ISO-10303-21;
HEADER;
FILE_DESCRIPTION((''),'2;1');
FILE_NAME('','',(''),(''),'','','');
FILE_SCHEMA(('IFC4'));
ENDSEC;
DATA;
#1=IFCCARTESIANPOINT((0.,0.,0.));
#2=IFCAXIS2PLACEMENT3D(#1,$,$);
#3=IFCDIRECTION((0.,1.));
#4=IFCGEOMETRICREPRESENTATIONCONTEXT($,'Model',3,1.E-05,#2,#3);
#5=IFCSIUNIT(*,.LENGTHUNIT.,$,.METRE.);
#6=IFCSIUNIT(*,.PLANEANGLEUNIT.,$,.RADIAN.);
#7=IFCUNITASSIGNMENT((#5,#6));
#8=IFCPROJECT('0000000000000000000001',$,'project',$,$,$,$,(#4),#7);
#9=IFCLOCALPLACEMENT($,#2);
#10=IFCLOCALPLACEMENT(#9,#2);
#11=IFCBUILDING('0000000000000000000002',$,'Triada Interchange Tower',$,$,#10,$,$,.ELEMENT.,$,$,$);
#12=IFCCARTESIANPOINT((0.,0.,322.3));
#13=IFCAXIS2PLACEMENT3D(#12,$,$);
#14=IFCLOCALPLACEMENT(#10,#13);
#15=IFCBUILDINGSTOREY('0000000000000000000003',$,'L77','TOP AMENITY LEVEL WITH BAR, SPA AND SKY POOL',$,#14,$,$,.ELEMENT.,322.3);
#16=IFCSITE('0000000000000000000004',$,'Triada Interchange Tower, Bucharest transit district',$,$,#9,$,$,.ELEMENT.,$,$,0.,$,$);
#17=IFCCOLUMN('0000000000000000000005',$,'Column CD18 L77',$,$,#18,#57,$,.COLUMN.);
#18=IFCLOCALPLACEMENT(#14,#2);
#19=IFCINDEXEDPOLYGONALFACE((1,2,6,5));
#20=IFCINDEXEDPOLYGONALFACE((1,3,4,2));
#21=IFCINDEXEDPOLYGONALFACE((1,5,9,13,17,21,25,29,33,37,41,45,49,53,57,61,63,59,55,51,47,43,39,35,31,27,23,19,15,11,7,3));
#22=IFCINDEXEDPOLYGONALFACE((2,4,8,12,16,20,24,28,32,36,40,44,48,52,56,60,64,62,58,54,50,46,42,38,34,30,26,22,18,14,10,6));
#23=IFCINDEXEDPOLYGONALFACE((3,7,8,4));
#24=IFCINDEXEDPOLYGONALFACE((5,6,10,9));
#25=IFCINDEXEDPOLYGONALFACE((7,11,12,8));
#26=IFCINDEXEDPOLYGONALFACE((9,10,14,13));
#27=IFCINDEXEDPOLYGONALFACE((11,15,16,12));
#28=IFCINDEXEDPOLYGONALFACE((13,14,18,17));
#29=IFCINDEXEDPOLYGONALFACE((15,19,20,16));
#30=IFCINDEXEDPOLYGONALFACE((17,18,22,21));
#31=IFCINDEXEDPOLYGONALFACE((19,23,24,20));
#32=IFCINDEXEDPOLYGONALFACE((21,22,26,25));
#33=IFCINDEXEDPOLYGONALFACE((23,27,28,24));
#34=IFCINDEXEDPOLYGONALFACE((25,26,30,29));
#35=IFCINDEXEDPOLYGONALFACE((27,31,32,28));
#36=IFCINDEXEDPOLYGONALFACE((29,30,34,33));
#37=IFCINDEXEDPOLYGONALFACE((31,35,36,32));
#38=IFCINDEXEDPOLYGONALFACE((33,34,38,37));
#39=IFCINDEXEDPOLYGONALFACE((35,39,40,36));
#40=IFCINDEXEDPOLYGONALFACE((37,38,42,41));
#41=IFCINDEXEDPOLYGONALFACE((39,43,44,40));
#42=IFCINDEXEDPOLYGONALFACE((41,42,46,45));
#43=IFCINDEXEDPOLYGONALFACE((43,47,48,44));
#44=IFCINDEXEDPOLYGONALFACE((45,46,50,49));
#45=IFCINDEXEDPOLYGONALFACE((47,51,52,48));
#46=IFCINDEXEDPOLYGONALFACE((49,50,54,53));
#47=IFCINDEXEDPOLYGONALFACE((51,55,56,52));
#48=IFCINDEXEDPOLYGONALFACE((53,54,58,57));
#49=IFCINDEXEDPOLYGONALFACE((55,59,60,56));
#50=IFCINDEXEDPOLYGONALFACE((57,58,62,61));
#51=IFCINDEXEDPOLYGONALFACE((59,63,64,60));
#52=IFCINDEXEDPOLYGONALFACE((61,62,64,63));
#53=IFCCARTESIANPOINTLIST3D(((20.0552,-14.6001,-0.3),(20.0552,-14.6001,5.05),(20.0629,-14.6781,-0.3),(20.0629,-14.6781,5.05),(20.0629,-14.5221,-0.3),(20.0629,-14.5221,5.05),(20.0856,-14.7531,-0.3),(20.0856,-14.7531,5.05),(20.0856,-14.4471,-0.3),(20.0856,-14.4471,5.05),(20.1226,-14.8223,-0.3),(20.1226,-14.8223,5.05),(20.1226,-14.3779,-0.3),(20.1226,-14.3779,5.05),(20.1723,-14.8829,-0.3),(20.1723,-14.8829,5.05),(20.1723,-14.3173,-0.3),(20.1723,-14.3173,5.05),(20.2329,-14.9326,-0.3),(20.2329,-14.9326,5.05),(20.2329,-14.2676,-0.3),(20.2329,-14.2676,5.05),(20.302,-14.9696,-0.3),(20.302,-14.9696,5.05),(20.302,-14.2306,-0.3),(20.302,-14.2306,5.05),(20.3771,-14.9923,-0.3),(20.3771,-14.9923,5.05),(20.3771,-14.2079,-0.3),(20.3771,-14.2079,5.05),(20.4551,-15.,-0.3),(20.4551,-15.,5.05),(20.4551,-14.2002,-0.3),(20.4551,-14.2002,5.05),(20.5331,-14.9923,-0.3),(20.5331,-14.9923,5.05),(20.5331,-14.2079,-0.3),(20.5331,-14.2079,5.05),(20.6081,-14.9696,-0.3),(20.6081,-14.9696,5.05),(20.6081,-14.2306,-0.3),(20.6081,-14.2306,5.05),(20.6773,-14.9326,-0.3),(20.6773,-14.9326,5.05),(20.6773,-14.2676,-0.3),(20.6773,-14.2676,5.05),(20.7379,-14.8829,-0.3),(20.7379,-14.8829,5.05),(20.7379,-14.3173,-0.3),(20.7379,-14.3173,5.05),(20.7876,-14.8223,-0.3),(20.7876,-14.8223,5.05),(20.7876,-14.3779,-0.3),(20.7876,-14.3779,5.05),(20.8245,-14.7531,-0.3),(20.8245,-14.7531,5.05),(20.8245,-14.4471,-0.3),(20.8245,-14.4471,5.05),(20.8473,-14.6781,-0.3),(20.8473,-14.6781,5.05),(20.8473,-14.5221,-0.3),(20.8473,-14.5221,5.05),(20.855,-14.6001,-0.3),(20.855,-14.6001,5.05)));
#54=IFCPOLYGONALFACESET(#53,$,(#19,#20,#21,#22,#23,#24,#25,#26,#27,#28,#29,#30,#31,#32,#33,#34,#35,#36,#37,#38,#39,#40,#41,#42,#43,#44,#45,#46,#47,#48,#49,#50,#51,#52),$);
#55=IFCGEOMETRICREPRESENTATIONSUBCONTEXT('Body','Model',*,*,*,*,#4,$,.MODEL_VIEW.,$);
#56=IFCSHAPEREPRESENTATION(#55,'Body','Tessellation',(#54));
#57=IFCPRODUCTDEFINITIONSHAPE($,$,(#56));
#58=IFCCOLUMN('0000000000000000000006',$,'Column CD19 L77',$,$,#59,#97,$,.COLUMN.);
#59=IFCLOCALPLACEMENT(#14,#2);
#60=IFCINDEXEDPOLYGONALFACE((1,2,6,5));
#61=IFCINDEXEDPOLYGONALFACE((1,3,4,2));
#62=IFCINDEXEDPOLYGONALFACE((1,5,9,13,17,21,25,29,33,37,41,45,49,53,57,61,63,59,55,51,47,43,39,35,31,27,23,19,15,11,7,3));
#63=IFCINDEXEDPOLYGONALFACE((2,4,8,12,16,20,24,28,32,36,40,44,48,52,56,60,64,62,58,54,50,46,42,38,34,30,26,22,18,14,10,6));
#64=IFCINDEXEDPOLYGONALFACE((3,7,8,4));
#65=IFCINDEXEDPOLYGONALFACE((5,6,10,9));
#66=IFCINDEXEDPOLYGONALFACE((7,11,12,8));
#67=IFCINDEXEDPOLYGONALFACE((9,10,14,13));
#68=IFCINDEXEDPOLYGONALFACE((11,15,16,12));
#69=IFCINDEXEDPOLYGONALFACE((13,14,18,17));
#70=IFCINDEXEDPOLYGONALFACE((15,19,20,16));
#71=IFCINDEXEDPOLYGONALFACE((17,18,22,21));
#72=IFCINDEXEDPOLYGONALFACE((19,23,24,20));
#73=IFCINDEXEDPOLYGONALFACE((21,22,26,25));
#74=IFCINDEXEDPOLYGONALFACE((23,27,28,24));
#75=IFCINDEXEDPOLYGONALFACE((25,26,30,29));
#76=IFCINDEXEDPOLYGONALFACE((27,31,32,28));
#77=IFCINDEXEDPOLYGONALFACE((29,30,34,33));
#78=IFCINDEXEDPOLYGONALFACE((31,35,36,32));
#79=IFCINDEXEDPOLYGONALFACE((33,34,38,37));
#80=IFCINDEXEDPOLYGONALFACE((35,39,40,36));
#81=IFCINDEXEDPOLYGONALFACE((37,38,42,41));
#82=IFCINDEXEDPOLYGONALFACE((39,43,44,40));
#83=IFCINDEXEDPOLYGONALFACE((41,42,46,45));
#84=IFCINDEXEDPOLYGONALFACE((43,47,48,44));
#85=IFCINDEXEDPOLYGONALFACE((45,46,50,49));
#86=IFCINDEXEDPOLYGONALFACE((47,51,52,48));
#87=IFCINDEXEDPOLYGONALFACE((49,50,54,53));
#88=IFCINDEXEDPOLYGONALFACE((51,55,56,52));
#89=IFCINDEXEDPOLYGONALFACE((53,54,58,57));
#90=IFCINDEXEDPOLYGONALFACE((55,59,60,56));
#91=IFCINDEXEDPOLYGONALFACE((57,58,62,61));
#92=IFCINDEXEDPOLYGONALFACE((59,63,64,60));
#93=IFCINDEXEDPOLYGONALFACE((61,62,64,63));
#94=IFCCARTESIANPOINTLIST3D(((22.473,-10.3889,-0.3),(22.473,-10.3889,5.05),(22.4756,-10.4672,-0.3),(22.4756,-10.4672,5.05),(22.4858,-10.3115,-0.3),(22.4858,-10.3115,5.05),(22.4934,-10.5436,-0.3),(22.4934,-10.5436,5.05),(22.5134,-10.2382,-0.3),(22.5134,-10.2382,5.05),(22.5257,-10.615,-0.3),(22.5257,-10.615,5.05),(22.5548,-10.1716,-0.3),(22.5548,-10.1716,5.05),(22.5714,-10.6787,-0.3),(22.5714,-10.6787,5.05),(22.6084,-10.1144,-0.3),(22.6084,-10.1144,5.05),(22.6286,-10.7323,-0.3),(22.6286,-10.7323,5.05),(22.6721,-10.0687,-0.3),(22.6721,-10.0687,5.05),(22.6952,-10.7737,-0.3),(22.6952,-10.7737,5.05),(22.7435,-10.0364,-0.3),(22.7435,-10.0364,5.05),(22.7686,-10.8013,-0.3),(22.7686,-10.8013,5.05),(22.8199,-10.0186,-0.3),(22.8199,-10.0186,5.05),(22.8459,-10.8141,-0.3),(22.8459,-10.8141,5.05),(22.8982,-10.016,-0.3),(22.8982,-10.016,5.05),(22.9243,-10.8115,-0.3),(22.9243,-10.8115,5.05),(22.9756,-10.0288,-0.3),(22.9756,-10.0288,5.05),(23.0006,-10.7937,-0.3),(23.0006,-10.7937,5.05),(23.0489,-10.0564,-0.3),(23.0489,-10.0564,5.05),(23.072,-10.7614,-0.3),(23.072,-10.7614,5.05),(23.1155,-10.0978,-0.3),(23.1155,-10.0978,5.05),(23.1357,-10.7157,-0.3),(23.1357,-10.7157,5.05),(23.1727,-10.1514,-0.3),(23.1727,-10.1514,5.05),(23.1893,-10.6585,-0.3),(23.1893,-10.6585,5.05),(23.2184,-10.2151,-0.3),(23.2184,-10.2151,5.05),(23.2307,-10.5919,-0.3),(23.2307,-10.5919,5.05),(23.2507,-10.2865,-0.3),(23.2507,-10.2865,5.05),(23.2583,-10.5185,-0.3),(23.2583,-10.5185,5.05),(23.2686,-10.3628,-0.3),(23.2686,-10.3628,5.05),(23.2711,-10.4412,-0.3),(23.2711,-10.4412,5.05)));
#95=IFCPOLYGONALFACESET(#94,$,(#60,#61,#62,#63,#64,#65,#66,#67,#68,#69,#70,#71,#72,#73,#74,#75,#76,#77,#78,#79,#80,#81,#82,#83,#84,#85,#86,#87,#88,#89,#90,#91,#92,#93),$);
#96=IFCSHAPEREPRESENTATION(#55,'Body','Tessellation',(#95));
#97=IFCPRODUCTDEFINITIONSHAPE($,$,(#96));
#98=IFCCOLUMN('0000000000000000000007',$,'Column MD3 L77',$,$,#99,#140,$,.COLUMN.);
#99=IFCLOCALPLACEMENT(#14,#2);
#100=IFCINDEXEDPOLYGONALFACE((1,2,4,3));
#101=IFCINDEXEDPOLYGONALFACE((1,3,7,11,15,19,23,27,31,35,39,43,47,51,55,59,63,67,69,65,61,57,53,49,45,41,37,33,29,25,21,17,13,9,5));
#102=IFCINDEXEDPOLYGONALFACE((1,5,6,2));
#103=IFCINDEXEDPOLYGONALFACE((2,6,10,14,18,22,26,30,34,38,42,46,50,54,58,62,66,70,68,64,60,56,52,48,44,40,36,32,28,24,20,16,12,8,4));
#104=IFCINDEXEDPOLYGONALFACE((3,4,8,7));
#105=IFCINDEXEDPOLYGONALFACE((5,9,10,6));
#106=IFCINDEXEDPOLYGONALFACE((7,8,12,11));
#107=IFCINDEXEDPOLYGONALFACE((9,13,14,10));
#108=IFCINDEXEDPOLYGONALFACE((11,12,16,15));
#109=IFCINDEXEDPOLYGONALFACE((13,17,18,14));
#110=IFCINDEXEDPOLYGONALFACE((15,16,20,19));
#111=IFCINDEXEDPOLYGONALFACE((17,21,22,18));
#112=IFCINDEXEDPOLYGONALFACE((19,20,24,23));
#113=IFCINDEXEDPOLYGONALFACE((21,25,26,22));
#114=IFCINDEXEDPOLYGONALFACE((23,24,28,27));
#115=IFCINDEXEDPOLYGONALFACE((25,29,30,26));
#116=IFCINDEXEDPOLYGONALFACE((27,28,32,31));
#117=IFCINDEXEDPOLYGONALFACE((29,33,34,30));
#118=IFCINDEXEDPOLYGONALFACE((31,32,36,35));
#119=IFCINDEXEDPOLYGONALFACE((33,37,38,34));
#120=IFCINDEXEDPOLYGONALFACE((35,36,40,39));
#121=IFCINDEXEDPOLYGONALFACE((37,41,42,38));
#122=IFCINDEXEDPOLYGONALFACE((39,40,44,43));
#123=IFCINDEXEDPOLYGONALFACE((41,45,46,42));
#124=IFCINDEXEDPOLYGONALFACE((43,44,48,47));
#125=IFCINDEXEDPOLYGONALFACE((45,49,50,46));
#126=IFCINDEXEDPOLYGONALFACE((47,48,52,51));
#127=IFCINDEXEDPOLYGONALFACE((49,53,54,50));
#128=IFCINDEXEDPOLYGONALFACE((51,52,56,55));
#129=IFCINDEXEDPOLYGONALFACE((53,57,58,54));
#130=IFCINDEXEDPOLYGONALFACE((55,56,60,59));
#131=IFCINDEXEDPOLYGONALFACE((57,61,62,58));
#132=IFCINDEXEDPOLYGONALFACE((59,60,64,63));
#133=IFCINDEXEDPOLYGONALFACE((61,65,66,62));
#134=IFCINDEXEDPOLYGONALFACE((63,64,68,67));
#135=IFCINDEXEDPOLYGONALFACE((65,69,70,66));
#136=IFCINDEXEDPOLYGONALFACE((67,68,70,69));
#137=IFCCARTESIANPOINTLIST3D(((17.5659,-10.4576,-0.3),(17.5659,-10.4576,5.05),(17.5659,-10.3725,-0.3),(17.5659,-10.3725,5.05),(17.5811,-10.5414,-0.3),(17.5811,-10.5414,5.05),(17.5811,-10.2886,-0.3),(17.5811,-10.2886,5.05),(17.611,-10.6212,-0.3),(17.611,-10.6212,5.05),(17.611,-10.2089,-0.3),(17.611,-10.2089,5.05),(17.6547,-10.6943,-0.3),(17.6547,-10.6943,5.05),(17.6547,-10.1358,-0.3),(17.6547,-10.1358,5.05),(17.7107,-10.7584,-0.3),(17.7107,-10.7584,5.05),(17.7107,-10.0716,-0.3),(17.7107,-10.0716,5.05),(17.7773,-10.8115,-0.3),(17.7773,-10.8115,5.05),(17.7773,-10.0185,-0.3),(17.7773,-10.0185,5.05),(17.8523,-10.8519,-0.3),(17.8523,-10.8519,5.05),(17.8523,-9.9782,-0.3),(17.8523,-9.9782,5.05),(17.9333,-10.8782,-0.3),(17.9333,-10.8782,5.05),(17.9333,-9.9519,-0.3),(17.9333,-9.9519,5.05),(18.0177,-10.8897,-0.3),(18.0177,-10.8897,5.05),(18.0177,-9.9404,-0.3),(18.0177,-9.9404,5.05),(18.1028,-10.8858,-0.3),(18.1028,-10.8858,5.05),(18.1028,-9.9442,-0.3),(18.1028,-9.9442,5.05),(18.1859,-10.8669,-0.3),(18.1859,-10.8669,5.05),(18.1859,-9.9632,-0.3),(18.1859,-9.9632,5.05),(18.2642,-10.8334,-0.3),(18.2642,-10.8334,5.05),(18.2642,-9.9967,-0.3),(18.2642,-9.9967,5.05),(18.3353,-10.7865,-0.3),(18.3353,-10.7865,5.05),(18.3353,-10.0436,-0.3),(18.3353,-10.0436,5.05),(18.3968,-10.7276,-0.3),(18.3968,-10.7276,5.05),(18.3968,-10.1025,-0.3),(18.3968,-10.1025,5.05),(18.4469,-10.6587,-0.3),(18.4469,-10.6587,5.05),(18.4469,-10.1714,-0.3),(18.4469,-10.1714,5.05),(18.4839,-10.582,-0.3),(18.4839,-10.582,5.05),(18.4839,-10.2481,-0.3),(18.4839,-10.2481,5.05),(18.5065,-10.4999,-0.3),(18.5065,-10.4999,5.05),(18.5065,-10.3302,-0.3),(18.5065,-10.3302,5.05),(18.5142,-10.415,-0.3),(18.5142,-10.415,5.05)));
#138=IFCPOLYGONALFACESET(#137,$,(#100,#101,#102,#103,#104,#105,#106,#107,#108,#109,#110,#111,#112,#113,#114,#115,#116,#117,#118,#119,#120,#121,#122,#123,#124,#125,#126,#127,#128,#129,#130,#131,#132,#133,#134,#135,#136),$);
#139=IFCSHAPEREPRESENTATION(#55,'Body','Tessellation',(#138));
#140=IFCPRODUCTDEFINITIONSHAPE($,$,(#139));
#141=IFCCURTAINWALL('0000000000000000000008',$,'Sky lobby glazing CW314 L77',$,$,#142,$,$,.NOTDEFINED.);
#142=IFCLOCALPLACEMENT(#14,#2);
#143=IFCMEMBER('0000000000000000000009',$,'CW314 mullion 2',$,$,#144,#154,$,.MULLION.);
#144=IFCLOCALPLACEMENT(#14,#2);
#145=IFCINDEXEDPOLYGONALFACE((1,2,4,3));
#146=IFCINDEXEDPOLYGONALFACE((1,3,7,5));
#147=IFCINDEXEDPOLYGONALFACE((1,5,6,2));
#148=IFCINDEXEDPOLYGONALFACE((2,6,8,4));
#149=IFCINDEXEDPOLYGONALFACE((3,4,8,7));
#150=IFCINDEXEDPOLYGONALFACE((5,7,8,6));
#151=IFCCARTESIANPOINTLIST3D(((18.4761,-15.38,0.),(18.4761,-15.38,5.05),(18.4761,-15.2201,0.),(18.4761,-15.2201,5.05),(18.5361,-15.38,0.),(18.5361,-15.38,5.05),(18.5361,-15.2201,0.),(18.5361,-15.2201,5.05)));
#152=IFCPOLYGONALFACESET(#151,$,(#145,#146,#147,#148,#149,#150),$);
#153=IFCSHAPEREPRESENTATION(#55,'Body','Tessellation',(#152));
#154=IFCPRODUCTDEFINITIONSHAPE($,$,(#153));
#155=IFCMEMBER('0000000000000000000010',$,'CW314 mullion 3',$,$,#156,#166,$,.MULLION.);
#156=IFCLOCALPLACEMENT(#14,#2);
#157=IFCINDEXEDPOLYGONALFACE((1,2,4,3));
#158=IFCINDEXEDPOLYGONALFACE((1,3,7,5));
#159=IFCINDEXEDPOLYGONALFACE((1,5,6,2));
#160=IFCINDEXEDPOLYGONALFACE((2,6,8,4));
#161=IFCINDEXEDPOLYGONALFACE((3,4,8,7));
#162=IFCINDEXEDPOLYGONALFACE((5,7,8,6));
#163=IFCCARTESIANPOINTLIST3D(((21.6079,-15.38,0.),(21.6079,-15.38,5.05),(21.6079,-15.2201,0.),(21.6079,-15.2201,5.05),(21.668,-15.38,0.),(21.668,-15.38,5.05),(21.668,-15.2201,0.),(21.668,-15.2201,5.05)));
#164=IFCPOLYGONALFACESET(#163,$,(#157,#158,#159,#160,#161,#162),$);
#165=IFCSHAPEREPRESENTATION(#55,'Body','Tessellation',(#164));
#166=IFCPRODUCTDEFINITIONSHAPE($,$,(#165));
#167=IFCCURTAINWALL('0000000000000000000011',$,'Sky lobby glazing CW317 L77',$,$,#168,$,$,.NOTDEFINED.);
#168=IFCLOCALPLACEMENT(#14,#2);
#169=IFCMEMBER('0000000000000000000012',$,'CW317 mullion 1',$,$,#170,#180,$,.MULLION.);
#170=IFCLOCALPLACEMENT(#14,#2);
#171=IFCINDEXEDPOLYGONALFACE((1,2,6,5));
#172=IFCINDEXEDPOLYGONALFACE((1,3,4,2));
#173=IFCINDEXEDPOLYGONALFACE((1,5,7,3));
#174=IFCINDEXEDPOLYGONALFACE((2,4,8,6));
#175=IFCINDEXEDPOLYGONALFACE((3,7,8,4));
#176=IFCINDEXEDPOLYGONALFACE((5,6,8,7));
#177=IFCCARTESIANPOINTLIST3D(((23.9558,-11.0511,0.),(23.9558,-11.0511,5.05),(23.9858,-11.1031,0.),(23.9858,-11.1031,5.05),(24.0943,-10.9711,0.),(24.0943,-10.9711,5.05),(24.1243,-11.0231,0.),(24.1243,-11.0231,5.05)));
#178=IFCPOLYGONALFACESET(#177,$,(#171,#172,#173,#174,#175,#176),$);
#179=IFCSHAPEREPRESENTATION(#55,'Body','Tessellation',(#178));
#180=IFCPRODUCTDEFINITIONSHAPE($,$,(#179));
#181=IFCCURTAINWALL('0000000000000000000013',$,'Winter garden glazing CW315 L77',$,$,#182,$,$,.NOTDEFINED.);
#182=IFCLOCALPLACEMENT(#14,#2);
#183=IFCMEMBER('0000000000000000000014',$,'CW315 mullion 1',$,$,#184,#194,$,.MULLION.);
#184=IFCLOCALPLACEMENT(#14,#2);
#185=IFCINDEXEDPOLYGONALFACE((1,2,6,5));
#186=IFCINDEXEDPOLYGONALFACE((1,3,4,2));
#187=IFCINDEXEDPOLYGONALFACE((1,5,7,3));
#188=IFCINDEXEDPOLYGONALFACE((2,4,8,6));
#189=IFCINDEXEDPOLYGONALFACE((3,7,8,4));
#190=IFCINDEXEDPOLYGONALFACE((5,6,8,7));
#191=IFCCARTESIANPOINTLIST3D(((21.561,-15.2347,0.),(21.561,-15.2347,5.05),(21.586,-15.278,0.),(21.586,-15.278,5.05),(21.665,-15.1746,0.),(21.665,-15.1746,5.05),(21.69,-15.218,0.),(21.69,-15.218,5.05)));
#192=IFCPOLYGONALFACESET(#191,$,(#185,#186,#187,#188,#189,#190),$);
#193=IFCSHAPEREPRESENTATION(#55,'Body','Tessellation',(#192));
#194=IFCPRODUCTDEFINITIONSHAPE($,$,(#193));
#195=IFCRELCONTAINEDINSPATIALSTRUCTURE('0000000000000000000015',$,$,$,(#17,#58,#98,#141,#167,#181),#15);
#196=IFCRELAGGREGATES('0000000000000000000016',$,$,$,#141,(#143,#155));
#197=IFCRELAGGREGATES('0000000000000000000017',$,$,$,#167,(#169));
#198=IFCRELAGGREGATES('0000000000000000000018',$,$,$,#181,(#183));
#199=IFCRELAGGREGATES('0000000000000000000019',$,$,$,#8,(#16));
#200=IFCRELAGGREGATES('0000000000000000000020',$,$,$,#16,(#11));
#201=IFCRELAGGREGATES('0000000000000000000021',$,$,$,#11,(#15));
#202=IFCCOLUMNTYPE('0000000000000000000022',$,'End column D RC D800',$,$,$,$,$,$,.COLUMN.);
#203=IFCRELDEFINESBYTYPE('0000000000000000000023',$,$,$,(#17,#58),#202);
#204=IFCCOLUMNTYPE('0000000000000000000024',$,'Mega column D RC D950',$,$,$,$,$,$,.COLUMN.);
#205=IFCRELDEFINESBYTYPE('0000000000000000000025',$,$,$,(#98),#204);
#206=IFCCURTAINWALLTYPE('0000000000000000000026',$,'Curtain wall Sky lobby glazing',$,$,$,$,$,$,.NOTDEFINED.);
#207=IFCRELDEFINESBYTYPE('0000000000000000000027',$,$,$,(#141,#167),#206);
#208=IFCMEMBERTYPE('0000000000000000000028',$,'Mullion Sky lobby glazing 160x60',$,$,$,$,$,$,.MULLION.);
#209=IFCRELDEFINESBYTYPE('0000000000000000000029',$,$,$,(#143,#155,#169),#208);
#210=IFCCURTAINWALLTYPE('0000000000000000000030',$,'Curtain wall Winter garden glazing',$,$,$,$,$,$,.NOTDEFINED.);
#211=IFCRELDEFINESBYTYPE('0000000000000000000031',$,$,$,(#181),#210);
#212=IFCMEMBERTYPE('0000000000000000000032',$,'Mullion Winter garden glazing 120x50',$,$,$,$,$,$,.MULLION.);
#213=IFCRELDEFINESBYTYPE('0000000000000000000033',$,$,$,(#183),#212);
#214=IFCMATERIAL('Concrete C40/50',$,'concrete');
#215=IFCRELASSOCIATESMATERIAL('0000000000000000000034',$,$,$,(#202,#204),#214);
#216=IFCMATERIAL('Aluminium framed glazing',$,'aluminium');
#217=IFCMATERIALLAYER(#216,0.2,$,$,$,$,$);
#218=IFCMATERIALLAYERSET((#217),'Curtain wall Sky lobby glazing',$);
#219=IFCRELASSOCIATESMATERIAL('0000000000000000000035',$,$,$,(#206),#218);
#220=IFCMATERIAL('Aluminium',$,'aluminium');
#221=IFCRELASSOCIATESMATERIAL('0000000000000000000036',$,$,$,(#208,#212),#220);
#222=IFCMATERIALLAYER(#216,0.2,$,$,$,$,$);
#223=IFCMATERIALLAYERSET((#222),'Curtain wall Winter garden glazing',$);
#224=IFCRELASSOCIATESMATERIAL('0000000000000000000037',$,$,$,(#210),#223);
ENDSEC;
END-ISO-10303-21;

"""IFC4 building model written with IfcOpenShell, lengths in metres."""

from ifc_helpers import new_model, si_unit, direction, frame, origin, origin_2d, place, context, subcontext, project, spatial, rectangle, circle, extrude, material, layer, layer_set, material_profile, profile_set, type_object, element, aggregate, save


model = new_model("IFC4")

# Units and contexts
model_context = context("Model", 3, precision=1e-05, world=origin(), true_north=direction((0.0, 1.0)))
body_context = subcontext(model_context, "Body", "Model", "MODEL_VIEW")
ifc_project = project(units=[si_unit("LENGTHUNIT", "METRE"), si_unit("PLANEANGLEUNIT", "RADIAN")], contexts=[model_context])

# Site, building, storey
site_placement = place(None, origin())
site = spatial("IfcSite", under=ifc_project, at=site_placement, Name="Triada Interchange Tower, Bucharest transit district", CompositionType="ELEMENT", RefElevation=0.0)
building_placement = place(site_placement, origin())
building = spatial("IfcBuilding", under=site, at=building_placement, Name="Triada Interchange Tower", CompositionType="ELEMENT")
storey_placement = place(building_placement, frame((0.0, 0.0, 322.3)))
storey = spatial("IfcBuildingStorey", under=building, at=storey_placement, Name="L77", Description="TOP AMENITY LEVEL WITH BAR, SPA AND SKY POOL", CompositionType="ELEMENT", Elevation=322.3)

# Columns
ifc_material_1 = material(Name="Concrete C40/50", Category="concrete")
ifc_material_profile_1 = material_profile(ifc_material_1, circle(Radius=0.3999, at=origin_2d()), Name="RC D800")
ifc_profile_set_1 = profile_set([ifc_material_profile_1], Name="Concrete C40/50")
column_type_1 = type_object("IfcColumnType", Name="End column D RC D800", PredefinedType="COLUMN", material=ifc_profile_set_1)
for number, where, z_axis, x_axis, name in (
    (1, (20.4551, -14.6001, -0.3), (0.0, 0.0, 1.0), (1.0, 0.0, 0.0), "Column CD18 L77"),
    (2, (22.8721, -10.415, -0.3), (0.0, 0.0, 1.0), (-0.5, 0.866025, 0.0), "Column CD19 L77"),
):
    element("IfcColumn", number, at=place(storey_placement, frame(where, z_axis=z_axis, x_axis=x_axis)), inside=storey, type_object=column_type_1, Name=name, PredefinedType="COLUMN", context=body_context, shape_type="SweptSolid", body=[
        extrude(circle(Radius=0.3999, at=origin_2d()), origin(), (0.0, 0.0, 1.0), 5.3501),
    ])
ifc_material_profile_2 = material_profile(ifc_material_1, circle(Radius=0.4751, at=origin_2d()), Name="RC D950")
ifc_profile_set_2 = profile_set([ifc_material_profile_2], Name="Concrete C40/50")
column_type_2 = type_object("IfcColumnType", Name="Mega column D RC D950", PredefinedType="COLUMN", material=ifc_profile_set_2)
column_placement = place(storey_placement, frame((18.0391, -10.415, -0.3), z_axis=(0.0, 0.0, 1.0), x_axis=(1.0, 0.0, 0.0)))
element("IfcColumn", 3, at=column_placement, inside=storey, type_object=column_type_2, Name="Column MD3 L77", PredefinedType="COLUMN", context=body_context, shape_type="SweptSolid", body=[
    extrude(circle(Radius=0.4751, at=origin_2d()), origin(), (0.0, 0.0, 1.0), 5.3501),
])

# Curtain wall, members
ifc_material_2 = material(Name="Aluminium framed glazing", Category="aluminium")
ifc_layer_1 = layer(ifc_material_2, 0.2)
ifc_layer_set_1 = layer_set([ifc_layer_1], Name="Curtain wall Sky lobby glazing")
curtain_wall_type_1 = type_object("IfcCurtainWallType", Name="Curtain wall Sky lobby glazing", PredefinedType="NOTDEFINED", material=ifc_layer_set_1)
curtain_wall_1_placement = place(storey_placement, origin())
curtain_wall_1 = element("IfcCurtainWall", 4, at=curtain_wall_1_placement, inside=storey, type_object=curtain_wall_type_1, Name="Sky lobby glazing CW314 L77", PredefinedType="NOTDEFINED")
ifc_material_3 = material(Name="Aluminium", Category="aluminium")
ifc_material_profile_3 = material_profile(ifc_material_3, rectangle(XDim=0.1599, YDim=0.0601, at=origin_2d()), Name="Aluminium mullion")
ifc_profile_set_3 = profile_set([ifc_material_profile_3], Name="Aluminium")
member_type_1 = type_object("IfcMemberType", Name="Mullion Sky lobby glazing 160x60", PredefinedType="MULLION", material=ifc_profile_set_3)
member_1_placement = place(storey_placement, frame((18.5061, -15.3, 0.0), z_axis=(0.0, 0.0, 1.0), x_axis=(0.0, 1.0, 0.0)))
member_1 = element("IfcMember", 5, at=member_1_placement, type_object=member_type_1, Name="CW314 mullion 2", PredefinedType="MULLION", context=body_context, shape_type="SweptSolid", body=[
    extrude(rectangle(XDim=0.1599, YDim=0.0601, at=origin_2d()), origin(), (0.0, 0.0, 1.0), 5.05),
])
member_2_placement = place(storey_placement, frame((21.6379, -15.3, 0.0), z_axis=(0.0, 0.0, 1.0), x_axis=(0.0, 1.0, 0.0)))
member_2 = element("IfcMember", 6, at=member_2_placement, type_object=member_type_1, Name="CW314 mullion 3", PredefinedType="MULLION", context=body_context, shape_type="SweptSolid", body=[
    extrude(rectangle(XDim=0.1599, YDim=0.0601, at=origin_2d()), origin(), (0.0, 0.0, 1.0), 5.05),
])

# Curtain wall, member
curtain_wall_2_placement = place(storey_placement, origin())
curtain_wall_2 = element("IfcCurtainWall", 7, at=curtain_wall_2_placement, inside=storey, type_object=curtain_wall_type_1, Name="Sky lobby glazing CW317 L77", PredefinedType="NOTDEFINED")
member_3_placement = place(storey_placement, frame((24.04, -11.0371, 0.0), z_axis=(0.0, 0.0, 1.0), x_axis=(-0.866025, -0.500001, 0.0)))
member_3 = element("IfcMember", 8, at=member_3_placement, type_object=member_type_1, Name="CW317 mullion 1", PredefinedType="MULLION", context=body_context, shape_type="SweptSolid", body=[
    extrude(rectangle(XDim=0.1599, YDim=0.0601, at=origin_2d()), origin(), (0.0, 0.0, 1.0), 5.05),
])

# Curtain wall, member
ifc_layer_2 = layer(ifc_material_2, 0.2)
ifc_layer_set_2 = layer_set([ifc_layer_2], Name="Curtain wall Winter garden glazing")
curtain_wall_type_2 = type_object("IfcCurtainWallType", Name="Curtain wall Winter garden glazing", PredefinedType="NOTDEFINED", material=ifc_layer_set_2)
curtain_wall_3_placement = place(storey_placement, origin())
curtain_wall_3 = element("IfcCurtainWall", 9, at=curtain_wall_3_placement, inside=storey, type_object=curtain_wall_type_2, Name="Winter garden glazing CW315 L77", PredefinedType="NOTDEFINED")
ifc_material_profile_4 = material_profile(ifc_material_3, rectangle(XDim=0.1201, YDim=0.05, at=origin_2d()), Name="Aluminium mullion")
ifc_profile_set_4 = profile_set([ifc_material_profile_4], Name="Aluminium")
member_type_2 = type_object("IfcMemberType", Name="Mullion Winter garden glazing 120x50", PredefinedType="MULLION", material=ifc_profile_set_4)
member_4_placement = place(storey_placement, frame((21.6255, -15.2263, 0.0), z_axis=(0.0, 0.0, 1.0), x_axis=(-0.866043, -0.49997, 0.0)))
member_4 = element("IfcMember", 10, at=member_4_placement, type_object=member_type_2, Name="CW315 mullion 1", PredefinedType="MULLION", context=body_context, shape_type="SweptSolid", body=[
    extrude(rectangle(XDim=0.1201, YDim=0.05, at=origin_2d()), origin(), (0.0, 0.0, 1.0), 5.05),
])

aggregate(curtain_wall_1, [member_1, member_2])
aggregate(curtain_wall_2, [member_3])
aggregate(curtain_wall_3, [member_4])

save(model, "model.ifc")
